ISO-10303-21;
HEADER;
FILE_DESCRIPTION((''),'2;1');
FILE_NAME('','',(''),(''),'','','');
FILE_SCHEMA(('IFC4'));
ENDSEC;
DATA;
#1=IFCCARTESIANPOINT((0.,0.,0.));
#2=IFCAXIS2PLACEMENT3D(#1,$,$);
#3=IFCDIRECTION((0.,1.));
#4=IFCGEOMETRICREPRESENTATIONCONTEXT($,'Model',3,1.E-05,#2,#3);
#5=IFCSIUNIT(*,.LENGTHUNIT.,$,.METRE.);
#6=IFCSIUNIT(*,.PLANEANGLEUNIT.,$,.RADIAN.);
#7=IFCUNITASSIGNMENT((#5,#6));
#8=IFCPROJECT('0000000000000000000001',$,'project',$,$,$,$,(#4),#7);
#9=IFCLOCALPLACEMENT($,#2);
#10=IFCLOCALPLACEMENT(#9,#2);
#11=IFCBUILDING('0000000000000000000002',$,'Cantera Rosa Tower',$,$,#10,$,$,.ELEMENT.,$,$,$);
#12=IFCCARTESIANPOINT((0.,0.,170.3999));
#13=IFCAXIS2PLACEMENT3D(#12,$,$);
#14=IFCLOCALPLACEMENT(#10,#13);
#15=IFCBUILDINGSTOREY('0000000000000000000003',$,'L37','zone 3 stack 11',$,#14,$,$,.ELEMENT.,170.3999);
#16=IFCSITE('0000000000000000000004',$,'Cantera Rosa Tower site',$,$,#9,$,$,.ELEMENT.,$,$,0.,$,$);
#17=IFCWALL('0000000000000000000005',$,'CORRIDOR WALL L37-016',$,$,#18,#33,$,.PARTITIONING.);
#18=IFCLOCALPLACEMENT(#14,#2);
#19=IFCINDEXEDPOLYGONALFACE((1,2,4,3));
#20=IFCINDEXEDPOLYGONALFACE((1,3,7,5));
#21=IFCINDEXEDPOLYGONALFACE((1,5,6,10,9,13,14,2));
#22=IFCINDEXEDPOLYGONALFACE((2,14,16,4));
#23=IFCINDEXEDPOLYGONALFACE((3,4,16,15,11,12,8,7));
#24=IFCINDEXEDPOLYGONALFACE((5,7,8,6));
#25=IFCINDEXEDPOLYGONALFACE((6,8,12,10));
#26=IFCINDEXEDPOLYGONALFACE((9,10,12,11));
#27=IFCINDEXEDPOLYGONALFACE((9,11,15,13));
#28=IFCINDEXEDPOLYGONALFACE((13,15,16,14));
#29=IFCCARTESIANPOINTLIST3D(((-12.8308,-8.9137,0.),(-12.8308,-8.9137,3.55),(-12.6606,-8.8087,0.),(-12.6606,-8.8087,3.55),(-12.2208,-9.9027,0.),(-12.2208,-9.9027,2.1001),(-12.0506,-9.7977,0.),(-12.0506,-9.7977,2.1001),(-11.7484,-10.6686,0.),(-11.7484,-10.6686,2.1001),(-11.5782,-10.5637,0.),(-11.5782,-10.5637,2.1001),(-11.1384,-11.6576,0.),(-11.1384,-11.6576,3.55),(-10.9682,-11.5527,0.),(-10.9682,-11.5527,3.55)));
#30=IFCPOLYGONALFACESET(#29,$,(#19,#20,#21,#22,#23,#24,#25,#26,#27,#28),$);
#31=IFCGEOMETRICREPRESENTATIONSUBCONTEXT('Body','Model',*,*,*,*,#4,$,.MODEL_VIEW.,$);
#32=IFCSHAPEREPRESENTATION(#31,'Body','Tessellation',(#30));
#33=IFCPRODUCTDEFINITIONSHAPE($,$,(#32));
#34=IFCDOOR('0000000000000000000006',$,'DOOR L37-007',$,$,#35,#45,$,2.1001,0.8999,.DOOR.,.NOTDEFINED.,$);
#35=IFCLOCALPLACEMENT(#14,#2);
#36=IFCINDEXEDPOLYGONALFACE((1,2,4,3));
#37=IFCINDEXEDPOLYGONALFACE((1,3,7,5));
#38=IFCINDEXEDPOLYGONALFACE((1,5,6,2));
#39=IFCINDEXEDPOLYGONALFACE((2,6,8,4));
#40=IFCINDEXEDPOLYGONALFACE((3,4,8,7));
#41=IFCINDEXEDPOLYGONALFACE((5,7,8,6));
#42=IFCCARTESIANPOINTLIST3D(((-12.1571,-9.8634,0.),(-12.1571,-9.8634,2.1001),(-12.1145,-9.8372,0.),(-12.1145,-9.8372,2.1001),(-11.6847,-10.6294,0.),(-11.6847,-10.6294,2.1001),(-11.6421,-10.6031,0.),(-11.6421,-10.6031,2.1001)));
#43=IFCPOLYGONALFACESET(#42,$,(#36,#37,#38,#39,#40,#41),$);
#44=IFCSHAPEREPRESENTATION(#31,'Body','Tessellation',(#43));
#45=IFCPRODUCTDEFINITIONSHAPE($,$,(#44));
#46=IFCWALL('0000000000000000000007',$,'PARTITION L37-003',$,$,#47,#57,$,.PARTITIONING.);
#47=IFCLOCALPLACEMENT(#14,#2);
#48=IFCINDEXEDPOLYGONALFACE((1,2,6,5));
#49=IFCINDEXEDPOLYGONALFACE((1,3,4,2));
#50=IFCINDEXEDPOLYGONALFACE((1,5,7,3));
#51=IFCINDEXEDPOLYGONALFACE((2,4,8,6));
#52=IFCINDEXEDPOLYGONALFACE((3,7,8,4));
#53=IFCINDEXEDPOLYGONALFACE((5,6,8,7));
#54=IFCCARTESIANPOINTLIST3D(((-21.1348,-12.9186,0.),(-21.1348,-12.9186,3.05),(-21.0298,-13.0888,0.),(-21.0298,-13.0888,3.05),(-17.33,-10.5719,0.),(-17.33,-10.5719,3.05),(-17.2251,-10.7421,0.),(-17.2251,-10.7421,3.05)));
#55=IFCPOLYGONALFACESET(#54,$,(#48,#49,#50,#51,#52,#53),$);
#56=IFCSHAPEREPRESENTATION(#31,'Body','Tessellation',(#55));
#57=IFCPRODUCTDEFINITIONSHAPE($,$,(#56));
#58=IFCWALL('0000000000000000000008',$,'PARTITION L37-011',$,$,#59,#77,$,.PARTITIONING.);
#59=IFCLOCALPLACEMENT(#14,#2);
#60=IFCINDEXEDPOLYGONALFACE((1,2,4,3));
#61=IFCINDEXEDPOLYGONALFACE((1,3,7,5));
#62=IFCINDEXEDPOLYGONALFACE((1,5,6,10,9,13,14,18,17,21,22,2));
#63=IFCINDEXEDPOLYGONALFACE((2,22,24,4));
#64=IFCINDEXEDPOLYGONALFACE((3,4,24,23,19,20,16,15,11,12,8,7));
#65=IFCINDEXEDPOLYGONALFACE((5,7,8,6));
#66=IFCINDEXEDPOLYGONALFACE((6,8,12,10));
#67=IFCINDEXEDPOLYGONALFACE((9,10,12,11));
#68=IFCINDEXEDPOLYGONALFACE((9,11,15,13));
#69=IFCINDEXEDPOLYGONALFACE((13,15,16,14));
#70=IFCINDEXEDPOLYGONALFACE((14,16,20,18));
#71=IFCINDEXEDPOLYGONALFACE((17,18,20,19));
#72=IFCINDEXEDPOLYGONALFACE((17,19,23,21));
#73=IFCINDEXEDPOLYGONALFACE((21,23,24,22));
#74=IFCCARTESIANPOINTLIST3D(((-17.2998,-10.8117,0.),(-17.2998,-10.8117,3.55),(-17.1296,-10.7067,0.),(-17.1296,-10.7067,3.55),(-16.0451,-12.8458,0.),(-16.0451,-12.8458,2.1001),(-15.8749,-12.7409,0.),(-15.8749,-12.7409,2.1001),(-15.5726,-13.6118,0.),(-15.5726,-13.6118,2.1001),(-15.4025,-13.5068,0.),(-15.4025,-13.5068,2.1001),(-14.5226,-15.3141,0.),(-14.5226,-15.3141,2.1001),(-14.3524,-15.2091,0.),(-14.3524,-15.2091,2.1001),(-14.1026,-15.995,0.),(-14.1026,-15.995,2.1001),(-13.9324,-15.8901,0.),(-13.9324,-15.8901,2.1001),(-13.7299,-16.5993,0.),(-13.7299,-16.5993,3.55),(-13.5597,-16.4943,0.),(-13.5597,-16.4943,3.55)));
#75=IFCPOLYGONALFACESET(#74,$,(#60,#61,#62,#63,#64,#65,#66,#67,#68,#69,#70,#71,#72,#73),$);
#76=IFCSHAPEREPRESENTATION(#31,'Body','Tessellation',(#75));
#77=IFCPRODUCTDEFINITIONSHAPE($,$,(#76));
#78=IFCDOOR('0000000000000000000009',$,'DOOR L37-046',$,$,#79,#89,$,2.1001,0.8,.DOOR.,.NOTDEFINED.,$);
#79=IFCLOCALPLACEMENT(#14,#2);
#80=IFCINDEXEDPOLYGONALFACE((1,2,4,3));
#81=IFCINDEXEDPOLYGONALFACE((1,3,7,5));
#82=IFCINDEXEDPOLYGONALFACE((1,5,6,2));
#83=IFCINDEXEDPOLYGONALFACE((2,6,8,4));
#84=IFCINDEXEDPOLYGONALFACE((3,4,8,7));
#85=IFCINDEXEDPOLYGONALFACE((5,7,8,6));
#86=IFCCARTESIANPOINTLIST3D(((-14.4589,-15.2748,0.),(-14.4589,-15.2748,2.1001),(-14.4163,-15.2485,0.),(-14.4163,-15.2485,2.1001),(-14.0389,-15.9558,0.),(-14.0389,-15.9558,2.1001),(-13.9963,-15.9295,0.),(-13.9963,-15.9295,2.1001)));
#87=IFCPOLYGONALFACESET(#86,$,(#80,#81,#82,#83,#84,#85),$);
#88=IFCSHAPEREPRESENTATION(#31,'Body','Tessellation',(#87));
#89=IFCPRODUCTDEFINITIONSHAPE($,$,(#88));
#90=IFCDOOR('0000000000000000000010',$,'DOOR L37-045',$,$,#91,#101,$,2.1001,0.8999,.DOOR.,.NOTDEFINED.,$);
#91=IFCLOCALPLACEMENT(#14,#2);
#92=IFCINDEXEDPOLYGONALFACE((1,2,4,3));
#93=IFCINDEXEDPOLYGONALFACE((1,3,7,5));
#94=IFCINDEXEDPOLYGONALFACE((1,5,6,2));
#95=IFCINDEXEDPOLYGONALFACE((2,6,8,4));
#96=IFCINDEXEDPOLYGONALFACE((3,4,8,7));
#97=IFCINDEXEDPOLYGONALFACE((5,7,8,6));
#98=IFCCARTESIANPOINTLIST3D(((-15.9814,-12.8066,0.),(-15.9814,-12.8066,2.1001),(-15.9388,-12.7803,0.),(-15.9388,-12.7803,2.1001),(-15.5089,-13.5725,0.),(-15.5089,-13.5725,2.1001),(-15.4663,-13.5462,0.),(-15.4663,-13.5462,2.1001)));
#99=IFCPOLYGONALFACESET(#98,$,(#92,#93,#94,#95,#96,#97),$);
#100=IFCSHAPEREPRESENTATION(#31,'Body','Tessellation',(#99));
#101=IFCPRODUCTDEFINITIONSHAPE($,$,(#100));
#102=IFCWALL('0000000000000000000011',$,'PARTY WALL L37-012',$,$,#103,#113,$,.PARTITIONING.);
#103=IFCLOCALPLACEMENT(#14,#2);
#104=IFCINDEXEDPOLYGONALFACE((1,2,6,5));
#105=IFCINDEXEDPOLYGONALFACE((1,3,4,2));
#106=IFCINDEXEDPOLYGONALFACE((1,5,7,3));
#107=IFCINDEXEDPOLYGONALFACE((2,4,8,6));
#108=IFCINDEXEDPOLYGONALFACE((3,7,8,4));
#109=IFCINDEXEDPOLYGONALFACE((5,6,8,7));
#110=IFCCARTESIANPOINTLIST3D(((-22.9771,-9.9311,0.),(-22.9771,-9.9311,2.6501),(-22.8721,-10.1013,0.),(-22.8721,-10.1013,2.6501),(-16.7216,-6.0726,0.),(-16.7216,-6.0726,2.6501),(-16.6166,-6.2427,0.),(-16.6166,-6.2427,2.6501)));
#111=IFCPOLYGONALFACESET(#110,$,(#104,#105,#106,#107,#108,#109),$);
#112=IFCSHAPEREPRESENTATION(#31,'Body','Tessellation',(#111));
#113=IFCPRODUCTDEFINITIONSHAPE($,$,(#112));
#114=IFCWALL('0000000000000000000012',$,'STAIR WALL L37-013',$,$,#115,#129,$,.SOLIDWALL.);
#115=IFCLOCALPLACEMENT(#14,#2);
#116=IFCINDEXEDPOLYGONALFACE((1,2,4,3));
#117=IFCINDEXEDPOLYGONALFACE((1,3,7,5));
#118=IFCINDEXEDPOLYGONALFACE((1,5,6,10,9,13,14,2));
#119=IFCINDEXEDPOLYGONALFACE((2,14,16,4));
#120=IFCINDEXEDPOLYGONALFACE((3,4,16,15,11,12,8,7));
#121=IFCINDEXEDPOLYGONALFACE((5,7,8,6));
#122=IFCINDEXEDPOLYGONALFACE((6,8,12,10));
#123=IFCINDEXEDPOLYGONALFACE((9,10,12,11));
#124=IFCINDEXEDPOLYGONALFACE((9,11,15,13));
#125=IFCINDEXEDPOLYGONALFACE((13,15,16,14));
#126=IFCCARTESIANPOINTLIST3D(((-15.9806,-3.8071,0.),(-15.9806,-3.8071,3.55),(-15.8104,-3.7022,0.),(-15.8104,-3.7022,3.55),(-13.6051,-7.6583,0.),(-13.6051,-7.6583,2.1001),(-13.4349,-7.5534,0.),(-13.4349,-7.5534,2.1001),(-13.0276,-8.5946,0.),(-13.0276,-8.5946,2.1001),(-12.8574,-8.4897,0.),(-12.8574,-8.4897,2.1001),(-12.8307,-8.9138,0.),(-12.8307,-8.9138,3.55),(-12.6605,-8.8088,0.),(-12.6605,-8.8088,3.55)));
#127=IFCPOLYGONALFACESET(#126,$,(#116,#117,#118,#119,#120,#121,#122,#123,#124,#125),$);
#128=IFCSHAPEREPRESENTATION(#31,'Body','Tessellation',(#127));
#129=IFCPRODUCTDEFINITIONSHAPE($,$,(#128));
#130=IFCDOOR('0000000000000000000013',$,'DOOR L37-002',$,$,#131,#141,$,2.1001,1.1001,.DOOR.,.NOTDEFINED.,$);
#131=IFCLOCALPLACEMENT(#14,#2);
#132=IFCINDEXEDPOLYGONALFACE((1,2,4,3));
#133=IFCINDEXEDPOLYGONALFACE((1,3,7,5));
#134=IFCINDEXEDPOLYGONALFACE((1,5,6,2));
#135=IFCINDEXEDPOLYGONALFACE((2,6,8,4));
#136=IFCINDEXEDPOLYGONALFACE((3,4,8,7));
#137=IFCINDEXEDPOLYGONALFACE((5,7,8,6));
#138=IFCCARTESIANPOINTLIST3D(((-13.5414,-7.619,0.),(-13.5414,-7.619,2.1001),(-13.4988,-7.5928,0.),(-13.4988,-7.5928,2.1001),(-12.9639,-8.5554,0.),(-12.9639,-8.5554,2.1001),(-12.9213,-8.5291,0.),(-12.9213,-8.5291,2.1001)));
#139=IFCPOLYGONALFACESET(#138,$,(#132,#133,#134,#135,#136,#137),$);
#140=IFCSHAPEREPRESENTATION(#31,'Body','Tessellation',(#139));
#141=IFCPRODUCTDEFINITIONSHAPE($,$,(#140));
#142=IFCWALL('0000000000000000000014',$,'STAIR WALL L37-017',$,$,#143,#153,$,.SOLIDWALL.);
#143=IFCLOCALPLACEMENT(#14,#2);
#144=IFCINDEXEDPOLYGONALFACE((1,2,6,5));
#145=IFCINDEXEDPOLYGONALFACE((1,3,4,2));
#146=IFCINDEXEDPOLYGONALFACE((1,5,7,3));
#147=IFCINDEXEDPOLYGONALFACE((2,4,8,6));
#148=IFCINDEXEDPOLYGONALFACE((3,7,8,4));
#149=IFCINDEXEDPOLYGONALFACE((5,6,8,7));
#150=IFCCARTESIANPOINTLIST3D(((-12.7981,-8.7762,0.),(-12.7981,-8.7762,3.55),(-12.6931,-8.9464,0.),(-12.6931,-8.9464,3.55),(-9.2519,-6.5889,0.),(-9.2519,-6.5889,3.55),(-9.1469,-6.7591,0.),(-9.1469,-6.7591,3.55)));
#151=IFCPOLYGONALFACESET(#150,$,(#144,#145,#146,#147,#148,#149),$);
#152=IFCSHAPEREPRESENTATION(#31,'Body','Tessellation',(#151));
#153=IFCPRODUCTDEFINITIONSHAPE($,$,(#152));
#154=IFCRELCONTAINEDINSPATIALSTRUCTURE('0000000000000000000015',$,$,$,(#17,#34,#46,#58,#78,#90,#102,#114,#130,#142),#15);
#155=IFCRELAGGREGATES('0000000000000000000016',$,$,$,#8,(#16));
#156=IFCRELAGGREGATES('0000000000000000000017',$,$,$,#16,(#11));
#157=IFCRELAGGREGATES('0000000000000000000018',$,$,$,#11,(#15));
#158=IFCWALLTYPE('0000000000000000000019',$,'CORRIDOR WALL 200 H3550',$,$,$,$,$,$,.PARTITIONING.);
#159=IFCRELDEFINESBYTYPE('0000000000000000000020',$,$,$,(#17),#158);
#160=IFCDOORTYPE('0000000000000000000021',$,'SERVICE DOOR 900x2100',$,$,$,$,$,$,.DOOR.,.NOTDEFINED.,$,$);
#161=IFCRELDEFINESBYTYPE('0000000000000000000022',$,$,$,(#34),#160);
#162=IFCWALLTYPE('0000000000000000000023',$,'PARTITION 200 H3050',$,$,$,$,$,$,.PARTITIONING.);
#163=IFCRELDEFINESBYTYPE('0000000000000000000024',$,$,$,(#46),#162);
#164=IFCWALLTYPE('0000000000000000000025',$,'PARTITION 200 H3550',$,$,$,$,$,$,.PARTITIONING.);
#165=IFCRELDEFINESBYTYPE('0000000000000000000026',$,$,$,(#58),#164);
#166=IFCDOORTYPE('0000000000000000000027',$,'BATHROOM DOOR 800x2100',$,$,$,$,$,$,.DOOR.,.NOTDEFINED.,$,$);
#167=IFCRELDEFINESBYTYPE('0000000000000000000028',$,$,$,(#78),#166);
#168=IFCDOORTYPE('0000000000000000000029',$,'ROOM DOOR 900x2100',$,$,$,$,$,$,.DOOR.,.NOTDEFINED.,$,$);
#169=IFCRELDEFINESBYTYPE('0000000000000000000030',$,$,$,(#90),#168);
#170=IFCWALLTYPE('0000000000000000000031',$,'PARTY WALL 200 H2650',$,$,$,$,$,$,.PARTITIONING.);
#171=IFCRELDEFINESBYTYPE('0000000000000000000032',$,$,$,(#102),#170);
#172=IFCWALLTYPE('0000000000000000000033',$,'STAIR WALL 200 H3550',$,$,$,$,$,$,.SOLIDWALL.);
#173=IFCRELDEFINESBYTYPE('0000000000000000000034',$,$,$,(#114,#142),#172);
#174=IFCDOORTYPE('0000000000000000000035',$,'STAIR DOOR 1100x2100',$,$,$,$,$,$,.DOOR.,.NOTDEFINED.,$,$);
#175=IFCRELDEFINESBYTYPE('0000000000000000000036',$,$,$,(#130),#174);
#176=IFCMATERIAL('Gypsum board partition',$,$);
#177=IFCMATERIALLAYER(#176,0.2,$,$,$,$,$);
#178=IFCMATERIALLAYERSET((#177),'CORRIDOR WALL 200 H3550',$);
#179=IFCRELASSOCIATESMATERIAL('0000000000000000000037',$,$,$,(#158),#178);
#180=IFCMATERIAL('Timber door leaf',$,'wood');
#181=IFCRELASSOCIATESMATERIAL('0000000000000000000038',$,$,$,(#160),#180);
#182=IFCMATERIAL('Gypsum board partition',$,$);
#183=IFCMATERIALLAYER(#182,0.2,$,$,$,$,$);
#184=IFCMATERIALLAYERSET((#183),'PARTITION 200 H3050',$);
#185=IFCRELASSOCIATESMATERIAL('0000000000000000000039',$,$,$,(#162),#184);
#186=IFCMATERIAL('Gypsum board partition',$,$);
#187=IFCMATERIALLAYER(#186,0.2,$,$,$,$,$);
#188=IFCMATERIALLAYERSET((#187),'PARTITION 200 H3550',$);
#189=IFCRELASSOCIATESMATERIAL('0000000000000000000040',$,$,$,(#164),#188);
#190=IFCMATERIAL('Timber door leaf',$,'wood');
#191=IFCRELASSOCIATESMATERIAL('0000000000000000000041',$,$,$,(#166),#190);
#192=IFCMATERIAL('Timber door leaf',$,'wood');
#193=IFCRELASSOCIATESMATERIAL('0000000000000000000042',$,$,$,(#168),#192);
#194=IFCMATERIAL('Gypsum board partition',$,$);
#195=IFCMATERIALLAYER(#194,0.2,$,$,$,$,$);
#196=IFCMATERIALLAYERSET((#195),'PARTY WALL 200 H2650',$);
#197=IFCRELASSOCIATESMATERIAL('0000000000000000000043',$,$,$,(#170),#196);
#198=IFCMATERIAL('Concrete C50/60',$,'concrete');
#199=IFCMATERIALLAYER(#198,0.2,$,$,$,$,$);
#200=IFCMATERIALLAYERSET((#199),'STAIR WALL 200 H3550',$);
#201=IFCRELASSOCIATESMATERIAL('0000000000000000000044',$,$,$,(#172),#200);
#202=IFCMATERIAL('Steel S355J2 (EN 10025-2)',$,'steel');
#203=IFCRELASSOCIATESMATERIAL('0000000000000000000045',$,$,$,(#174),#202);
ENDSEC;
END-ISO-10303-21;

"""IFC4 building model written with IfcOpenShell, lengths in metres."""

from ifc_helpers import new_model, si_unit, direction, frame, frame_2d, origin, place, context, subcontext, project, spatial, rectangle, extrude, material, layer, layer_set, type_object, element, fill, save


model = new_model("IFC4")

# Units and contexts
model_context = context("Model", 3, precision=1e-05, world=origin(), true_north=direction((0.0, 1.0)))
body_context = subcontext(model_context, "Body", "Model", "MODEL_VIEW")
ifc_project = project(units=[si_unit("LENGTHUNIT", "METRE"), si_unit("PLANEANGLEUNIT", "RADIAN")], contexts=[model_context])

# Site, building, storey
site_placement = place(None, origin())
site = spatial("IfcSite", under=ifc_project, at=site_placement, Name="Cantera Rosa Tower site", CompositionType="ELEMENT", RefElevation=0.0)
building_placement = place(site_placement, origin())
building = spatial("IfcBuilding", under=site, at=building_placement, Name="Cantera Rosa Tower", CompositionType="ELEMENT")
storey_placement = place(building_placement, frame((0.0, 0.0, 170.3999)))
storey = spatial("IfcBuildingStorey", under=building, at=storey_placement, Name="L37", Description="zone 3 stack 11", CompositionType="ELEMENT", Elevation=170.3999)

# Wall, opening, door
ifc_material_1 = material(Name="Gypsum board partition")
ifc_layer_1 = layer(ifc_material_1, 0.2)
ifc_layer_set_1 = layer_set([ifc_layer_1], Name="CORRIDOR WALL 200 H3550")
wall_type_1 = type_object("IfcWallType", Name="CORRIDOR WALL 200 H3550", PredefinedType="PARTITIONING", material=ifc_layer_set_1)
wall_1_placement = place(storey_placement, frame((-12.7456, -8.8613, 0.0), z_axis=(0.0, 0.0, 1.0), x_axis=(0.524959, -0.851127, 0.0)))
wall_1 = element("IfcWall", 1, at=wall_1_placement, inside=storey, type_object=wall_type_1, Name="CORRIDOR WALL L37-016", PredefinedType="PARTITIONING", context=body_context, shape_type="SweptSolid", body=[
    extrude(rectangle(XDim=3.2239, YDim=0.2, at=frame_2d((1.6118, 0.0))), origin(), (0.0, 0.0, 1.0), 3.55),
])
opening_1_placement = place(wall_1_placement, frame((1.1619, 0.0, 0.0)))
opening_1 = element("IfcOpeningElement", 2, at=opening_1_placement, cuts=wall_1, PredefinedType="OPENING", context=body_context, shape_type="SweptSolid", body=[
    extrude(rectangle(XDim=0.8999, YDim=2.1001, at=frame_2d((0.45, 1.05))), frame((0.0, 0.1099, 0.0), z_axis=(0.0, -1.0, 0.0), x_axis=(1.0, 0.0, 0.0)), (0.0, 0.0, 1.0), 0.22),
])
ifc_material_2 = material(Name="Timber door leaf", Category="wood")
door_type_1 = type_object("IfcDoorType", Name="SERVICE DOOR 900x2100", OperationType="NOTDEFINED", PredefinedType="DOOR", material=ifc_material_2)
door_1_placement = place(opening_1_placement, origin())
door_1 = element("IfcDoor", 3, at=door_1_placement, inside=storey, type_object=door_type_1, Name="DOOR L37-007", OperationType="NOTDEFINED", OverallHeight=2.1001, OverallWidth=0.8999, PredefinedType="DOOR", context=body_context, shape_type="SweptSolid", body=[
    extrude(rectangle(XDim=0.8999, YDim=2.1001, at=frame_2d((0.45, 1.05))), frame((0.0, 0.0249, 0.0), z_axis=(0.0, -1.0, 0.0), x_axis=(1.0, 0.0, 0.0)), (0.0, 0.0, 1.0), 0.05),
])
fill(opening_1, door_1)

# Wall
ifc_material_3 = material(Name="Gypsum board partition")
ifc_layer_2 = layer(ifc_material_3, 0.2)
ifc_layer_set_2 = layer_set([ifc_layer_2], Name="PARTITION 200 H3050")
wall_type_2 = type_object("IfcWallType", Name="PARTITION 200 H3050", PredefinedType="PARTITIONING", material=ifc_layer_set_2)
wall_2_placement = place(storey_placement, frame((-21.0823, -13.0037, 0.0), z_axis=(0.0, 0.0, 1.0), x_axis=(0.851125, 0.524963, 0.0)))
element("IfcWall", 4, at=wall_2_placement, inside=storey, type_object=wall_type_2, Name="PARTITION L37-003", PredefinedType="PARTITIONING", context=body_context, shape_type="SweptSolid", body=[
    extrude(rectangle(XDim=4.4702, YDim=0.2, at=frame_2d((2.2351, 0.0))), origin(), (0.0, 0.0, 1.0), 3.05),
])

# Wall, openings, doors
ifc_material_4 = material(Name="Gypsum board partition")
ifc_layer_3 = layer(ifc_material_4, 0.2)
ifc_layer_set_3 = layer_set([ifc_layer_3], Name="PARTITION 200 H3550")
wall_type_3 = type_object("IfcWallType", Name="PARTITION 200 H3550", PredefinedType="PARTITIONING", material=ifc_layer_set_3)
wall_3_placement = place(storey_placement, frame((-17.2146, -10.7593, 0.0), z_axis=(0.0, 0.0, 1.0), x_axis=(0.524975, -0.851118, 0.0)))
wall_3 = element("IfcWall", 5, at=wall_3_placement, inside=storey, type_object=wall_type_3, Name="PARTITION L37-011", PredefinedType="PARTITIONING", context=body_context, shape_type="SweptSolid", body=[
    extrude(rectangle(XDim=6.8, YDim=0.2, at=frame_2d((3.3999, 0.0))), origin(), (0.0, 0.0, 1.0), 3.55),
])
opening_2_placement = place(wall_3_placement, frame((2.3899, 0.0, 0.0)))
opening_2 = element("IfcOpeningElement", 6, at=opening_2_placement, cuts=wall_3, PredefinedType="OPENING", context=body_context, shape_type="SweptSolid", body=[
    extrude(rectangle(XDim=0.8999, YDim=2.1001, at=frame_2d((0.45, 1.05))), frame((0.0, 0.1099, 0.0), z_axis=(0.0, -1.0, 0.0), x_axis=(1.0, 0.0, 0.0)), (0.0, 0.0, 1.0), 0.22),
])
opening_3_placement = place(wall_3_placement, frame((5.29, 0.0, 0.0)))
opening_3 = element("IfcOpeningElement", 7, at=opening_3_placement, cuts=wall_3, PredefinedType="OPENING", context=body_context, shape_type="SweptSolid", body=[
    extrude(rectangle(XDim=0.8, YDim=2.1001, at=frame_2d((0.3999, 1.05))), frame((0.0, 0.1099, 0.0), z_axis=(0.0, -1.0, 0.0), x_axis=(1.0, 0.0, 0.0)), (0.0, 0.0, 1.0), 0.22),
])
ifc_material_5 = material(Name="Timber door leaf", Category="wood")
door_type_2 = type_object("IfcDoorType", Name="BATHROOM DOOR 800x2100", OperationType="NOTDEFINED", PredefinedType="DOOR", material=ifc_material_5)
door_2_placement = place(opening_3_placement, origin())
door_2 = element("IfcDoor", 8, at=door_2_placement, inside=storey, type_object=door_type_2, Name="DOOR L37-046", OperationType="NOTDEFINED", OverallHeight=2.1001, OverallWidth=0.8, PredefinedType="DOOR", context=body_context, shape_type="SweptSolid", body=[
    extrude(rectangle(XDim=0.8, YDim=2.1001, at=frame_2d((0.3999, 1.05))), frame((0.0, 0.0249, 0.0), z_axis=(0.0, -1.0, 0.0), x_axis=(1.0, 0.0, 0.0)), (0.0, 0.0, 1.0), 0.05),
])
fill(opening_3, door_2)
ifc_material_6 = material(Name="Timber door leaf", Category="wood")
door_type_3 = type_object("IfcDoorType", Name="ROOM DOOR 900x2100", OperationType="NOTDEFINED", PredefinedType="DOOR", material=ifc_material_6)
door_3_placement = place(opening_2_placement, origin())
door_3 = element("IfcDoor", 9, at=door_3_placement, inside=storey, type_object=door_type_3, Name="DOOR L37-045", OperationType="NOTDEFINED", OverallHeight=2.1001, OverallWidth=0.8999, PredefinedType="DOOR", context=body_context, shape_type="SweptSolid", body=[
    extrude(rectangle(XDim=0.8999, YDim=2.1001, at=frame_2d((0.45, 1.05))), frame((0.0, 0.0249, 0.0), z_axis=(0.0, -1.0, 0.0), x_axis=(1.0, 0.0, 0.0)), (0.0, 0.0, 1.0), 0.05),
])
fill(opening_2, door_3)

# Wall
ifc_material_7 = material(Name="Gypsum board partition")
ifc_layer_4 = layer(ifc_material_7, 0.2)
ifc_layer_set_4 = layer_set([ifc_layer_4], Name="PARTY WALL 200 H2650")
wall_type_4 = type_object("IfcWallType", Name="PARTY WALL 200 H2650", PredefinedType="PARTITIONING", material=ifc_layer_set_4)
wall_4_placement = place(storey_placement, frame((-16.6692, -6.1577, 0.0), z_axis=(0.0, 0.0, 1.0), x_axis=(-0.851109, -0.524989, 0.0)))
element("IfcWall", 10, at=wall_4_placement, inside=storey, type_object=wall_type_4, Name="PARTY WALL L37-012", PredefinedType="PARTITIONING", context=body_context, shape_type="SweptSolid", body=[
    extrude(rectangle(XDim=7.3499, YDim=0.2, at=frame_2d((3.6748, 0.0))), origin(), (0.0, 0.0, 1.0), 2.6501),
])

# Wall, opening, door
ifc_material_8 = material(Name="Concrete C50/60", Category="concrete")
ifc_layer_5 = layer(ifc_material_8, 0.2)
ifc_layer_set_5 = layer_set([ifc_layer_5], Name="STAIR WALL 200 H3550")
wall_type_5 = type_object("IfcWallType", Name="STAIR WALL 200 H3550", PredefinedType="SOLIDWALL", material=ifc_layer_set_5)
wall_5_placement = place(storey_placement, frame((-15.8955, -3.7546, 0.0), z_axis=(0.0, 0.0, 1.0), x_axis=(0.524983, -0.851113, 0.0)))
wall_5 = element("IfcWall", 11, at=wall_5_placement, inside=storey, type_object=wall_type_5, Name="STAIR WALL L37-013", PredefinedType="SOLIDWALL", context=body_context, shape_type="SweptSolid", body=[
    extrude(rectangle(XDim=6.0, YDim=0.2, at=frame_2d((3.0, 0.0))), origin(), (0.0, 0.0, 1.0), 3.55),
])
opening_4_placement = place(wall_5_placement, frame((4.5249, 0.0, 0.0)))
opening_4 = element("IfcOpeningElement", 12, at=opening_4_placement, cuts=wall_5, PredefinedType="OPENING", context=body_context, shape_type="SweptSolid", body=[
    extrude(rectangle(XDim=1.1001, YDim=2.1001, at=frame_2d((0.55, 1.05))), frame((0.0, 0.1099, 0.0), z_axis=(0.0, -1.0, 0.0), x_axis=(1.0, 0.0, 0.0)), (0.0, 0.0, 1.0), 0.22),
])
ifc_material_9 = material(Name="Steel S355J2 (EN 10025-2)", Category="steel")
door_type_4 = type_object("IfcDoorType", Name="STAIR DOOR 1100x2100", OperationType="NOTDEFINED", PredefinedType="DOOR", material=ifc_material_9)
door_4_placement = place(opening_4_placement, origin())
door_4 = element("IfcDoor", 13, at=door_4_placement, inside=storey, type_object=door_type_4, Name="DOOR L37-002", OperationType="NOTDEFINED", OverallHeight=2.1001, OverallWidth=1.1001, PredefinedType="DOOR", context=body_context, shape_type="SweptSolid", body=[
    extrude(rectangle(XDim=1.1001, YDim=2.1001, at=frame_2d((0.55, 1.05))), frame((0.0, 0.0249, 0.0), z_axis=(0.0, -1.0, 0.0), x_axis=(1.0, 0.0, 0.0)), (0.0, 0.0, 1.0), 0.05),
])
fill(opening_4, door_4)

# Wall
wall_6_placement = place(storey_placement, frame((-12.7456, -8.8613, 0.0), z_axis=(0.0, 0.0, 1.0), x_axis=(0.851121, 0.52497, 0.0)))
element("IfcWall", 14, at=wall_6_placement, inside=storey, type_object=wall_type_5, Name="STAIR WALL L37-017", PredefinedType="SOLIDWALL", context=body_context, shape_type="SweptSolid", body=[
    extrude(rectangle(XDim=4.1665, YDim=0.2, at=frame_2d((2.0833, 0.0))), origin(), (0.0, 0.0, 1.0), 3.55),
])

save(model, "model.ifc")
